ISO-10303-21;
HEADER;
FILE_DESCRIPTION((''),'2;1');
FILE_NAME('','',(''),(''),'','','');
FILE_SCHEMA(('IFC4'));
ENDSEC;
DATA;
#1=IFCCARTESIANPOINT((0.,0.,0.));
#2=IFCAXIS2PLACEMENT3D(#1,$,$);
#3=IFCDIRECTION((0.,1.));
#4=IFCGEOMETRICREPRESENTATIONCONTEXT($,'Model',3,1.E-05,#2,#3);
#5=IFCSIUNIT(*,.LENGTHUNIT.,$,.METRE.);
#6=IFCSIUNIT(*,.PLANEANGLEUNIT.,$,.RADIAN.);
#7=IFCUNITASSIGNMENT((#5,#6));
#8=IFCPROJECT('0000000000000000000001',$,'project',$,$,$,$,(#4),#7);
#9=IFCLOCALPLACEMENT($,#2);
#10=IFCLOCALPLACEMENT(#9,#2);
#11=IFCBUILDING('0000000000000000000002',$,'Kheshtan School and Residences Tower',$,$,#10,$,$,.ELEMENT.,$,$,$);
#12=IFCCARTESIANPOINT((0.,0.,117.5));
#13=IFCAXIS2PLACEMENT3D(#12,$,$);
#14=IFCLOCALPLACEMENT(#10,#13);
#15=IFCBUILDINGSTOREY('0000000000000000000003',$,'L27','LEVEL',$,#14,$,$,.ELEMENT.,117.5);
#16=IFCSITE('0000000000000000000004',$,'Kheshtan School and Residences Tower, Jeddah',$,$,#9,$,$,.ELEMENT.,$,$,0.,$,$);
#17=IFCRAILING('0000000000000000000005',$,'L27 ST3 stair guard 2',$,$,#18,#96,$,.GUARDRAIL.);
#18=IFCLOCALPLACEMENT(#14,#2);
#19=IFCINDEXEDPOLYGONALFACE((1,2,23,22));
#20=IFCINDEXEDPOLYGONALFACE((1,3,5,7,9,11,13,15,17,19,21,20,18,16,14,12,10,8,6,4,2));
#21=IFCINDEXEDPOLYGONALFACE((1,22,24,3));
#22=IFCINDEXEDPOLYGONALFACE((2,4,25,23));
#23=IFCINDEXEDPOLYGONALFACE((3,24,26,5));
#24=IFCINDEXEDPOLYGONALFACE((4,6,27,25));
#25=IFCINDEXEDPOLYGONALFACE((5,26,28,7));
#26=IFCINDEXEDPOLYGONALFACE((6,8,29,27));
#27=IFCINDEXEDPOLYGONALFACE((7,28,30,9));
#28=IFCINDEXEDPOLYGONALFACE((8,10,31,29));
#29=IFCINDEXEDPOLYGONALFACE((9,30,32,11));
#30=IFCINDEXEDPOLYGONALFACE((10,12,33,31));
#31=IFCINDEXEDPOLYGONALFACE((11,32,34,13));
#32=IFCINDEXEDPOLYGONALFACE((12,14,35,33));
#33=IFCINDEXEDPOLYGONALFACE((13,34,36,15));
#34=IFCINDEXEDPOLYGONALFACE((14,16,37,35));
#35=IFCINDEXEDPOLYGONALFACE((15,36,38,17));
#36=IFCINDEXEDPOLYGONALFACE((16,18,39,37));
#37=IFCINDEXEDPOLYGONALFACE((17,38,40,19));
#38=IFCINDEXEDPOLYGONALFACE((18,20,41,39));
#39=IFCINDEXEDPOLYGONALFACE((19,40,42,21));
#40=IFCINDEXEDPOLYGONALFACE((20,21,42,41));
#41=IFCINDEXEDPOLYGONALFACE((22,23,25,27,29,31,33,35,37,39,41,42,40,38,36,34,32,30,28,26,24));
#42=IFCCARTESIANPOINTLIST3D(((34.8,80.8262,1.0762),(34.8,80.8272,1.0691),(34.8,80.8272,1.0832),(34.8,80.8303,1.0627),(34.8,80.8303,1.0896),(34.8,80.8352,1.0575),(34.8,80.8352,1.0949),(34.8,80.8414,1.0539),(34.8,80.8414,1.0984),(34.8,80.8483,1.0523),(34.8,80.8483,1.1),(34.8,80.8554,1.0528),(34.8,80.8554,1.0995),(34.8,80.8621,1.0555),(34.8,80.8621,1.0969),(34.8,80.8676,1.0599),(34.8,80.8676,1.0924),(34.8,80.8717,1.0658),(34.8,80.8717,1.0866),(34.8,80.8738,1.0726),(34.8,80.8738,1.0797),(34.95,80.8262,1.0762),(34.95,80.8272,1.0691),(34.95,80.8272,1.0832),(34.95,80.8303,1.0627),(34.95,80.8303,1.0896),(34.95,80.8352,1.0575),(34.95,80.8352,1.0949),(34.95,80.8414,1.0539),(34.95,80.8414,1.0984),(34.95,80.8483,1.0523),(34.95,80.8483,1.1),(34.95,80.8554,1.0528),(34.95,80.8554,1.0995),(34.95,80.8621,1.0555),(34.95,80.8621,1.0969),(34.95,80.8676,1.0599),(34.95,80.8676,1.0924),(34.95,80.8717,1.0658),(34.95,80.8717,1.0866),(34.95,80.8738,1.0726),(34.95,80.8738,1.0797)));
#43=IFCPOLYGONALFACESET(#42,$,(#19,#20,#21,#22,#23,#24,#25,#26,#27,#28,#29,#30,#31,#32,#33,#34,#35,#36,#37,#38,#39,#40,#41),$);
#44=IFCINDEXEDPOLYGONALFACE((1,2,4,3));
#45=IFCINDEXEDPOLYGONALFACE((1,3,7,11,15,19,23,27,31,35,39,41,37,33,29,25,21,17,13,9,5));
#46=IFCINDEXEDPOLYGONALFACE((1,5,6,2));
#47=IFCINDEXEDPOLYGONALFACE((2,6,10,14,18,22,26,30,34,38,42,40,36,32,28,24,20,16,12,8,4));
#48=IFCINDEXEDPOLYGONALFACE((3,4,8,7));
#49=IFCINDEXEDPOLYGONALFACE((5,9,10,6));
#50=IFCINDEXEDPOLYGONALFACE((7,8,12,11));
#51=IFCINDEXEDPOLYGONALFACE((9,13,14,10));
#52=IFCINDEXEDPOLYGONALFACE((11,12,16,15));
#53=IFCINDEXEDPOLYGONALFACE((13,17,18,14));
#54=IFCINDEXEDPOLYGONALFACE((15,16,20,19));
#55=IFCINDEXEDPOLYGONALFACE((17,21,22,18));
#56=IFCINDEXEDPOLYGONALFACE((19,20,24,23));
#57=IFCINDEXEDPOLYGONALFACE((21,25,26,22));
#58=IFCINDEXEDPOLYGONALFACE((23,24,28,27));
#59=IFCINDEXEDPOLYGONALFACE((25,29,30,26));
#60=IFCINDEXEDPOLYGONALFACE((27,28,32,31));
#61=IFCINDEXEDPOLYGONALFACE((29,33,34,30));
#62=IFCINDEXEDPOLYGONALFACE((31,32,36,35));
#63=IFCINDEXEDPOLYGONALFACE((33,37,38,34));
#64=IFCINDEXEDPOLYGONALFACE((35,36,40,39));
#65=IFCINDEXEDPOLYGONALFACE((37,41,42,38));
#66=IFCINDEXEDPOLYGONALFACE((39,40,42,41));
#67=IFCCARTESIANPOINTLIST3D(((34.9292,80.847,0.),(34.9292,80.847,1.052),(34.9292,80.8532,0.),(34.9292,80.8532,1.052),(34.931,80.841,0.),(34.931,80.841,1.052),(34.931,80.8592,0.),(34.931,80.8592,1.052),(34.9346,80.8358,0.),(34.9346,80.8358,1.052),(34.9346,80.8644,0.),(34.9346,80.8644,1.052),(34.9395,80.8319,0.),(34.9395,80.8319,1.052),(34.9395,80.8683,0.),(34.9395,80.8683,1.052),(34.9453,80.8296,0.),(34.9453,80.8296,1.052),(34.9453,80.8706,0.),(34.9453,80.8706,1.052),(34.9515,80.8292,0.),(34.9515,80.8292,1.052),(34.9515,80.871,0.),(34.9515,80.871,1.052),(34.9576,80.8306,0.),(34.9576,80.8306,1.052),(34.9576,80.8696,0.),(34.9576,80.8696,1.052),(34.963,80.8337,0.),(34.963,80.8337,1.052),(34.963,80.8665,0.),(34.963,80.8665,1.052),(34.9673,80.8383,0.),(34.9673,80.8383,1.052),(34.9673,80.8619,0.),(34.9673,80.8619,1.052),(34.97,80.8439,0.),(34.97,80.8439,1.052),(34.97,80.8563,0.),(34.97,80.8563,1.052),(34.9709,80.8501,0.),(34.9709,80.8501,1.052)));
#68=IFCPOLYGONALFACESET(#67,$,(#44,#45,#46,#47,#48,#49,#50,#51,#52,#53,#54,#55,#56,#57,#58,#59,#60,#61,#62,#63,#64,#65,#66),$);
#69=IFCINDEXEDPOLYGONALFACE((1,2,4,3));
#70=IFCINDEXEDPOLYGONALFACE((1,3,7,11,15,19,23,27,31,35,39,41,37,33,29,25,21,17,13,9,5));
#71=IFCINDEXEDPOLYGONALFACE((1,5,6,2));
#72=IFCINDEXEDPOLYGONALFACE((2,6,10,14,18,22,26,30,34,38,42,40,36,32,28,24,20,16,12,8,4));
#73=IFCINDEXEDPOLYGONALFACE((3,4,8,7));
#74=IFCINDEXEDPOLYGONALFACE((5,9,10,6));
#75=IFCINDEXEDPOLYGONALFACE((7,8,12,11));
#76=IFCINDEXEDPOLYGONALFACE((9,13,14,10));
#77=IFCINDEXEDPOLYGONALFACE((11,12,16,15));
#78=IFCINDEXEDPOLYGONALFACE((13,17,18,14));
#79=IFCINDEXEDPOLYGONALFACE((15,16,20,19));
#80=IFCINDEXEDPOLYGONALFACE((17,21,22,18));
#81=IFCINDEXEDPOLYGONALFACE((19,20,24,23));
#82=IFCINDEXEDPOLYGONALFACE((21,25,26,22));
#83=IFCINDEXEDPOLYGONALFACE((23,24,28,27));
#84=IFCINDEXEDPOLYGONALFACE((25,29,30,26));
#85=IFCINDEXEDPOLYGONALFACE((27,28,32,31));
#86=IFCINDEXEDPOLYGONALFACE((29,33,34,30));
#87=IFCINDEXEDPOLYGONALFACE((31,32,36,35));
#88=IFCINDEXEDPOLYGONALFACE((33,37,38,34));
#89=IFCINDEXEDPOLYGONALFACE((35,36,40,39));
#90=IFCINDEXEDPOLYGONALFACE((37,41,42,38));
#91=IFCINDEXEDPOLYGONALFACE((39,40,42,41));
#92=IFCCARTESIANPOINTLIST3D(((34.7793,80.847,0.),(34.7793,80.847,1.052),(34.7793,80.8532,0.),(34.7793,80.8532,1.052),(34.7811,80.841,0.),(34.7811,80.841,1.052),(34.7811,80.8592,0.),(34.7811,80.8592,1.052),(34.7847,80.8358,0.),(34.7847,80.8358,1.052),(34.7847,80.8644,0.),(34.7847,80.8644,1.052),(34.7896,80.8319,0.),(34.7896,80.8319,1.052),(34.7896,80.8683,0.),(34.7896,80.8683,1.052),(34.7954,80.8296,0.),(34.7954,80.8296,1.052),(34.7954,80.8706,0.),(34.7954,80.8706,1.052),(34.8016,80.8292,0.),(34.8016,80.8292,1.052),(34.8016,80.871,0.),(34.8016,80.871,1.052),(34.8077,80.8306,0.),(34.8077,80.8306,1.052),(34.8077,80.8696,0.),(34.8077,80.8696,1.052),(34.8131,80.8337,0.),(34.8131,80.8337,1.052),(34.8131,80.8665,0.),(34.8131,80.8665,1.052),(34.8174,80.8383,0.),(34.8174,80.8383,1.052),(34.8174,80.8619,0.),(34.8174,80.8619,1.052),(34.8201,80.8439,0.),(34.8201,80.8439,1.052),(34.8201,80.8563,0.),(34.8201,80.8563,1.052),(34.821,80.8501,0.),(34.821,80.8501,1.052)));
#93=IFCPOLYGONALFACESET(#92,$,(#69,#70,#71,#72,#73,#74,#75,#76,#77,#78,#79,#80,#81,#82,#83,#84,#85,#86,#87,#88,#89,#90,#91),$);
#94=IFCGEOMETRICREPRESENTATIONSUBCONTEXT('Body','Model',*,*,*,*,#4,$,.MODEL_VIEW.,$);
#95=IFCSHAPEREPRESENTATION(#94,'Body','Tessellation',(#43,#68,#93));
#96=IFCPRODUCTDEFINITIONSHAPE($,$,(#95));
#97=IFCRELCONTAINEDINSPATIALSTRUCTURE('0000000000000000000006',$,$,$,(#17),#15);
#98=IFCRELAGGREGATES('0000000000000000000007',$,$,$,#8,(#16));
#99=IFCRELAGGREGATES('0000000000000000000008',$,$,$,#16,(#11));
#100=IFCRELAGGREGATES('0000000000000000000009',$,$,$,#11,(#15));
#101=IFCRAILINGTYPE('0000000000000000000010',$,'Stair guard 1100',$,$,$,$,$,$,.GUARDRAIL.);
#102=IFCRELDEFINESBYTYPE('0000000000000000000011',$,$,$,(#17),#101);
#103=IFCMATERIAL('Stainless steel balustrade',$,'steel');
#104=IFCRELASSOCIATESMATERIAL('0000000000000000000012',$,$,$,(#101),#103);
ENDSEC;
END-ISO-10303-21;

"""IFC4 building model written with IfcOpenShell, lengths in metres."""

from ifc_helpers import new_model, si_unit, direction, frame, origin, origin_2d, place, context, subcontext, project, spatial, circle, extrude, material, type_object, element, save


model = new_model("IFC4")

# Units and contexts
model_context = context("Model", 3, precision=1e-05, world=origin(), true_north=direction((0.0, 1.0)))
body_context = subcontext(model_context, "Body", "Model", "MODEL_VIEW")
ifc_project = project(units=[si_unit("LENGTHUNIT", "METRE"), si_unit("PLANEANGLEUNIT", "RADIAN")], contexts=[model_context])

# Site, building, storey
site_placement = place(None, origin())
site = spatial("IfcSite", under=ifc_project, at=site_placement, Name="Kheshtan School and Residences Tower, Jeddah", CompositionType="ELEMENT", RefElevation=0.0)
building_placement = place(site_placement, origin())
building = spatial("IfcBuilding", under=site, at=building_placement, Name="Kheshtan School and Residences Tower", CompositionType="ELEMENT")
storey_placement = place(building_placement, frame((0.0, 0.0, 117.5)))
storey = spatial("IfcBuildingStorey", under=building, at=storey_placement, Name="L27", Description="LEVEL", CompositionType="ELEMENT", Elevation=117.5)

# Railing
ifc_material_1 = material(Name="Stainless steel balustrade", Category="steel")
railing_type = type_object("IfcRailingType", Name="Stair guard 1100", PredefinedType="GUARDRAIL", material=ifc_material_1)
railing_1_placement = place(storey_placement, frame((34.95, 80.8501, 0.0)))
element("IfcRailing", 1, at=railing_1_placement, inside=storey, type_object=railing_type, Name="L27 ST3 stair guard 2", PredefinedType="GUARDRAIL", context=body_context, shape_type="SweptSolid", body=[
    extrude(circle(Radius=0.0239, at=origin_2d()), frame((0.0, 0.0, 1.0762), z_axis=(-1.0, 0.0, 0.0), x_axis=(0.0, -1.0, 0.0)), (0.0, 0.0, 1.0), 0.1499),
    extrude(circle(Radius=0.021, at=origin_2d()), origin(), (0.0, 0.0, 1.0), 1.052),
    extrude(circle(Radius=0.021, at=origin_2d()), frame((-0.1499, 0.0, 0.0)), (0.0, 0.0, 1.0), 1.052),
])

save(model, "model.ifc")
